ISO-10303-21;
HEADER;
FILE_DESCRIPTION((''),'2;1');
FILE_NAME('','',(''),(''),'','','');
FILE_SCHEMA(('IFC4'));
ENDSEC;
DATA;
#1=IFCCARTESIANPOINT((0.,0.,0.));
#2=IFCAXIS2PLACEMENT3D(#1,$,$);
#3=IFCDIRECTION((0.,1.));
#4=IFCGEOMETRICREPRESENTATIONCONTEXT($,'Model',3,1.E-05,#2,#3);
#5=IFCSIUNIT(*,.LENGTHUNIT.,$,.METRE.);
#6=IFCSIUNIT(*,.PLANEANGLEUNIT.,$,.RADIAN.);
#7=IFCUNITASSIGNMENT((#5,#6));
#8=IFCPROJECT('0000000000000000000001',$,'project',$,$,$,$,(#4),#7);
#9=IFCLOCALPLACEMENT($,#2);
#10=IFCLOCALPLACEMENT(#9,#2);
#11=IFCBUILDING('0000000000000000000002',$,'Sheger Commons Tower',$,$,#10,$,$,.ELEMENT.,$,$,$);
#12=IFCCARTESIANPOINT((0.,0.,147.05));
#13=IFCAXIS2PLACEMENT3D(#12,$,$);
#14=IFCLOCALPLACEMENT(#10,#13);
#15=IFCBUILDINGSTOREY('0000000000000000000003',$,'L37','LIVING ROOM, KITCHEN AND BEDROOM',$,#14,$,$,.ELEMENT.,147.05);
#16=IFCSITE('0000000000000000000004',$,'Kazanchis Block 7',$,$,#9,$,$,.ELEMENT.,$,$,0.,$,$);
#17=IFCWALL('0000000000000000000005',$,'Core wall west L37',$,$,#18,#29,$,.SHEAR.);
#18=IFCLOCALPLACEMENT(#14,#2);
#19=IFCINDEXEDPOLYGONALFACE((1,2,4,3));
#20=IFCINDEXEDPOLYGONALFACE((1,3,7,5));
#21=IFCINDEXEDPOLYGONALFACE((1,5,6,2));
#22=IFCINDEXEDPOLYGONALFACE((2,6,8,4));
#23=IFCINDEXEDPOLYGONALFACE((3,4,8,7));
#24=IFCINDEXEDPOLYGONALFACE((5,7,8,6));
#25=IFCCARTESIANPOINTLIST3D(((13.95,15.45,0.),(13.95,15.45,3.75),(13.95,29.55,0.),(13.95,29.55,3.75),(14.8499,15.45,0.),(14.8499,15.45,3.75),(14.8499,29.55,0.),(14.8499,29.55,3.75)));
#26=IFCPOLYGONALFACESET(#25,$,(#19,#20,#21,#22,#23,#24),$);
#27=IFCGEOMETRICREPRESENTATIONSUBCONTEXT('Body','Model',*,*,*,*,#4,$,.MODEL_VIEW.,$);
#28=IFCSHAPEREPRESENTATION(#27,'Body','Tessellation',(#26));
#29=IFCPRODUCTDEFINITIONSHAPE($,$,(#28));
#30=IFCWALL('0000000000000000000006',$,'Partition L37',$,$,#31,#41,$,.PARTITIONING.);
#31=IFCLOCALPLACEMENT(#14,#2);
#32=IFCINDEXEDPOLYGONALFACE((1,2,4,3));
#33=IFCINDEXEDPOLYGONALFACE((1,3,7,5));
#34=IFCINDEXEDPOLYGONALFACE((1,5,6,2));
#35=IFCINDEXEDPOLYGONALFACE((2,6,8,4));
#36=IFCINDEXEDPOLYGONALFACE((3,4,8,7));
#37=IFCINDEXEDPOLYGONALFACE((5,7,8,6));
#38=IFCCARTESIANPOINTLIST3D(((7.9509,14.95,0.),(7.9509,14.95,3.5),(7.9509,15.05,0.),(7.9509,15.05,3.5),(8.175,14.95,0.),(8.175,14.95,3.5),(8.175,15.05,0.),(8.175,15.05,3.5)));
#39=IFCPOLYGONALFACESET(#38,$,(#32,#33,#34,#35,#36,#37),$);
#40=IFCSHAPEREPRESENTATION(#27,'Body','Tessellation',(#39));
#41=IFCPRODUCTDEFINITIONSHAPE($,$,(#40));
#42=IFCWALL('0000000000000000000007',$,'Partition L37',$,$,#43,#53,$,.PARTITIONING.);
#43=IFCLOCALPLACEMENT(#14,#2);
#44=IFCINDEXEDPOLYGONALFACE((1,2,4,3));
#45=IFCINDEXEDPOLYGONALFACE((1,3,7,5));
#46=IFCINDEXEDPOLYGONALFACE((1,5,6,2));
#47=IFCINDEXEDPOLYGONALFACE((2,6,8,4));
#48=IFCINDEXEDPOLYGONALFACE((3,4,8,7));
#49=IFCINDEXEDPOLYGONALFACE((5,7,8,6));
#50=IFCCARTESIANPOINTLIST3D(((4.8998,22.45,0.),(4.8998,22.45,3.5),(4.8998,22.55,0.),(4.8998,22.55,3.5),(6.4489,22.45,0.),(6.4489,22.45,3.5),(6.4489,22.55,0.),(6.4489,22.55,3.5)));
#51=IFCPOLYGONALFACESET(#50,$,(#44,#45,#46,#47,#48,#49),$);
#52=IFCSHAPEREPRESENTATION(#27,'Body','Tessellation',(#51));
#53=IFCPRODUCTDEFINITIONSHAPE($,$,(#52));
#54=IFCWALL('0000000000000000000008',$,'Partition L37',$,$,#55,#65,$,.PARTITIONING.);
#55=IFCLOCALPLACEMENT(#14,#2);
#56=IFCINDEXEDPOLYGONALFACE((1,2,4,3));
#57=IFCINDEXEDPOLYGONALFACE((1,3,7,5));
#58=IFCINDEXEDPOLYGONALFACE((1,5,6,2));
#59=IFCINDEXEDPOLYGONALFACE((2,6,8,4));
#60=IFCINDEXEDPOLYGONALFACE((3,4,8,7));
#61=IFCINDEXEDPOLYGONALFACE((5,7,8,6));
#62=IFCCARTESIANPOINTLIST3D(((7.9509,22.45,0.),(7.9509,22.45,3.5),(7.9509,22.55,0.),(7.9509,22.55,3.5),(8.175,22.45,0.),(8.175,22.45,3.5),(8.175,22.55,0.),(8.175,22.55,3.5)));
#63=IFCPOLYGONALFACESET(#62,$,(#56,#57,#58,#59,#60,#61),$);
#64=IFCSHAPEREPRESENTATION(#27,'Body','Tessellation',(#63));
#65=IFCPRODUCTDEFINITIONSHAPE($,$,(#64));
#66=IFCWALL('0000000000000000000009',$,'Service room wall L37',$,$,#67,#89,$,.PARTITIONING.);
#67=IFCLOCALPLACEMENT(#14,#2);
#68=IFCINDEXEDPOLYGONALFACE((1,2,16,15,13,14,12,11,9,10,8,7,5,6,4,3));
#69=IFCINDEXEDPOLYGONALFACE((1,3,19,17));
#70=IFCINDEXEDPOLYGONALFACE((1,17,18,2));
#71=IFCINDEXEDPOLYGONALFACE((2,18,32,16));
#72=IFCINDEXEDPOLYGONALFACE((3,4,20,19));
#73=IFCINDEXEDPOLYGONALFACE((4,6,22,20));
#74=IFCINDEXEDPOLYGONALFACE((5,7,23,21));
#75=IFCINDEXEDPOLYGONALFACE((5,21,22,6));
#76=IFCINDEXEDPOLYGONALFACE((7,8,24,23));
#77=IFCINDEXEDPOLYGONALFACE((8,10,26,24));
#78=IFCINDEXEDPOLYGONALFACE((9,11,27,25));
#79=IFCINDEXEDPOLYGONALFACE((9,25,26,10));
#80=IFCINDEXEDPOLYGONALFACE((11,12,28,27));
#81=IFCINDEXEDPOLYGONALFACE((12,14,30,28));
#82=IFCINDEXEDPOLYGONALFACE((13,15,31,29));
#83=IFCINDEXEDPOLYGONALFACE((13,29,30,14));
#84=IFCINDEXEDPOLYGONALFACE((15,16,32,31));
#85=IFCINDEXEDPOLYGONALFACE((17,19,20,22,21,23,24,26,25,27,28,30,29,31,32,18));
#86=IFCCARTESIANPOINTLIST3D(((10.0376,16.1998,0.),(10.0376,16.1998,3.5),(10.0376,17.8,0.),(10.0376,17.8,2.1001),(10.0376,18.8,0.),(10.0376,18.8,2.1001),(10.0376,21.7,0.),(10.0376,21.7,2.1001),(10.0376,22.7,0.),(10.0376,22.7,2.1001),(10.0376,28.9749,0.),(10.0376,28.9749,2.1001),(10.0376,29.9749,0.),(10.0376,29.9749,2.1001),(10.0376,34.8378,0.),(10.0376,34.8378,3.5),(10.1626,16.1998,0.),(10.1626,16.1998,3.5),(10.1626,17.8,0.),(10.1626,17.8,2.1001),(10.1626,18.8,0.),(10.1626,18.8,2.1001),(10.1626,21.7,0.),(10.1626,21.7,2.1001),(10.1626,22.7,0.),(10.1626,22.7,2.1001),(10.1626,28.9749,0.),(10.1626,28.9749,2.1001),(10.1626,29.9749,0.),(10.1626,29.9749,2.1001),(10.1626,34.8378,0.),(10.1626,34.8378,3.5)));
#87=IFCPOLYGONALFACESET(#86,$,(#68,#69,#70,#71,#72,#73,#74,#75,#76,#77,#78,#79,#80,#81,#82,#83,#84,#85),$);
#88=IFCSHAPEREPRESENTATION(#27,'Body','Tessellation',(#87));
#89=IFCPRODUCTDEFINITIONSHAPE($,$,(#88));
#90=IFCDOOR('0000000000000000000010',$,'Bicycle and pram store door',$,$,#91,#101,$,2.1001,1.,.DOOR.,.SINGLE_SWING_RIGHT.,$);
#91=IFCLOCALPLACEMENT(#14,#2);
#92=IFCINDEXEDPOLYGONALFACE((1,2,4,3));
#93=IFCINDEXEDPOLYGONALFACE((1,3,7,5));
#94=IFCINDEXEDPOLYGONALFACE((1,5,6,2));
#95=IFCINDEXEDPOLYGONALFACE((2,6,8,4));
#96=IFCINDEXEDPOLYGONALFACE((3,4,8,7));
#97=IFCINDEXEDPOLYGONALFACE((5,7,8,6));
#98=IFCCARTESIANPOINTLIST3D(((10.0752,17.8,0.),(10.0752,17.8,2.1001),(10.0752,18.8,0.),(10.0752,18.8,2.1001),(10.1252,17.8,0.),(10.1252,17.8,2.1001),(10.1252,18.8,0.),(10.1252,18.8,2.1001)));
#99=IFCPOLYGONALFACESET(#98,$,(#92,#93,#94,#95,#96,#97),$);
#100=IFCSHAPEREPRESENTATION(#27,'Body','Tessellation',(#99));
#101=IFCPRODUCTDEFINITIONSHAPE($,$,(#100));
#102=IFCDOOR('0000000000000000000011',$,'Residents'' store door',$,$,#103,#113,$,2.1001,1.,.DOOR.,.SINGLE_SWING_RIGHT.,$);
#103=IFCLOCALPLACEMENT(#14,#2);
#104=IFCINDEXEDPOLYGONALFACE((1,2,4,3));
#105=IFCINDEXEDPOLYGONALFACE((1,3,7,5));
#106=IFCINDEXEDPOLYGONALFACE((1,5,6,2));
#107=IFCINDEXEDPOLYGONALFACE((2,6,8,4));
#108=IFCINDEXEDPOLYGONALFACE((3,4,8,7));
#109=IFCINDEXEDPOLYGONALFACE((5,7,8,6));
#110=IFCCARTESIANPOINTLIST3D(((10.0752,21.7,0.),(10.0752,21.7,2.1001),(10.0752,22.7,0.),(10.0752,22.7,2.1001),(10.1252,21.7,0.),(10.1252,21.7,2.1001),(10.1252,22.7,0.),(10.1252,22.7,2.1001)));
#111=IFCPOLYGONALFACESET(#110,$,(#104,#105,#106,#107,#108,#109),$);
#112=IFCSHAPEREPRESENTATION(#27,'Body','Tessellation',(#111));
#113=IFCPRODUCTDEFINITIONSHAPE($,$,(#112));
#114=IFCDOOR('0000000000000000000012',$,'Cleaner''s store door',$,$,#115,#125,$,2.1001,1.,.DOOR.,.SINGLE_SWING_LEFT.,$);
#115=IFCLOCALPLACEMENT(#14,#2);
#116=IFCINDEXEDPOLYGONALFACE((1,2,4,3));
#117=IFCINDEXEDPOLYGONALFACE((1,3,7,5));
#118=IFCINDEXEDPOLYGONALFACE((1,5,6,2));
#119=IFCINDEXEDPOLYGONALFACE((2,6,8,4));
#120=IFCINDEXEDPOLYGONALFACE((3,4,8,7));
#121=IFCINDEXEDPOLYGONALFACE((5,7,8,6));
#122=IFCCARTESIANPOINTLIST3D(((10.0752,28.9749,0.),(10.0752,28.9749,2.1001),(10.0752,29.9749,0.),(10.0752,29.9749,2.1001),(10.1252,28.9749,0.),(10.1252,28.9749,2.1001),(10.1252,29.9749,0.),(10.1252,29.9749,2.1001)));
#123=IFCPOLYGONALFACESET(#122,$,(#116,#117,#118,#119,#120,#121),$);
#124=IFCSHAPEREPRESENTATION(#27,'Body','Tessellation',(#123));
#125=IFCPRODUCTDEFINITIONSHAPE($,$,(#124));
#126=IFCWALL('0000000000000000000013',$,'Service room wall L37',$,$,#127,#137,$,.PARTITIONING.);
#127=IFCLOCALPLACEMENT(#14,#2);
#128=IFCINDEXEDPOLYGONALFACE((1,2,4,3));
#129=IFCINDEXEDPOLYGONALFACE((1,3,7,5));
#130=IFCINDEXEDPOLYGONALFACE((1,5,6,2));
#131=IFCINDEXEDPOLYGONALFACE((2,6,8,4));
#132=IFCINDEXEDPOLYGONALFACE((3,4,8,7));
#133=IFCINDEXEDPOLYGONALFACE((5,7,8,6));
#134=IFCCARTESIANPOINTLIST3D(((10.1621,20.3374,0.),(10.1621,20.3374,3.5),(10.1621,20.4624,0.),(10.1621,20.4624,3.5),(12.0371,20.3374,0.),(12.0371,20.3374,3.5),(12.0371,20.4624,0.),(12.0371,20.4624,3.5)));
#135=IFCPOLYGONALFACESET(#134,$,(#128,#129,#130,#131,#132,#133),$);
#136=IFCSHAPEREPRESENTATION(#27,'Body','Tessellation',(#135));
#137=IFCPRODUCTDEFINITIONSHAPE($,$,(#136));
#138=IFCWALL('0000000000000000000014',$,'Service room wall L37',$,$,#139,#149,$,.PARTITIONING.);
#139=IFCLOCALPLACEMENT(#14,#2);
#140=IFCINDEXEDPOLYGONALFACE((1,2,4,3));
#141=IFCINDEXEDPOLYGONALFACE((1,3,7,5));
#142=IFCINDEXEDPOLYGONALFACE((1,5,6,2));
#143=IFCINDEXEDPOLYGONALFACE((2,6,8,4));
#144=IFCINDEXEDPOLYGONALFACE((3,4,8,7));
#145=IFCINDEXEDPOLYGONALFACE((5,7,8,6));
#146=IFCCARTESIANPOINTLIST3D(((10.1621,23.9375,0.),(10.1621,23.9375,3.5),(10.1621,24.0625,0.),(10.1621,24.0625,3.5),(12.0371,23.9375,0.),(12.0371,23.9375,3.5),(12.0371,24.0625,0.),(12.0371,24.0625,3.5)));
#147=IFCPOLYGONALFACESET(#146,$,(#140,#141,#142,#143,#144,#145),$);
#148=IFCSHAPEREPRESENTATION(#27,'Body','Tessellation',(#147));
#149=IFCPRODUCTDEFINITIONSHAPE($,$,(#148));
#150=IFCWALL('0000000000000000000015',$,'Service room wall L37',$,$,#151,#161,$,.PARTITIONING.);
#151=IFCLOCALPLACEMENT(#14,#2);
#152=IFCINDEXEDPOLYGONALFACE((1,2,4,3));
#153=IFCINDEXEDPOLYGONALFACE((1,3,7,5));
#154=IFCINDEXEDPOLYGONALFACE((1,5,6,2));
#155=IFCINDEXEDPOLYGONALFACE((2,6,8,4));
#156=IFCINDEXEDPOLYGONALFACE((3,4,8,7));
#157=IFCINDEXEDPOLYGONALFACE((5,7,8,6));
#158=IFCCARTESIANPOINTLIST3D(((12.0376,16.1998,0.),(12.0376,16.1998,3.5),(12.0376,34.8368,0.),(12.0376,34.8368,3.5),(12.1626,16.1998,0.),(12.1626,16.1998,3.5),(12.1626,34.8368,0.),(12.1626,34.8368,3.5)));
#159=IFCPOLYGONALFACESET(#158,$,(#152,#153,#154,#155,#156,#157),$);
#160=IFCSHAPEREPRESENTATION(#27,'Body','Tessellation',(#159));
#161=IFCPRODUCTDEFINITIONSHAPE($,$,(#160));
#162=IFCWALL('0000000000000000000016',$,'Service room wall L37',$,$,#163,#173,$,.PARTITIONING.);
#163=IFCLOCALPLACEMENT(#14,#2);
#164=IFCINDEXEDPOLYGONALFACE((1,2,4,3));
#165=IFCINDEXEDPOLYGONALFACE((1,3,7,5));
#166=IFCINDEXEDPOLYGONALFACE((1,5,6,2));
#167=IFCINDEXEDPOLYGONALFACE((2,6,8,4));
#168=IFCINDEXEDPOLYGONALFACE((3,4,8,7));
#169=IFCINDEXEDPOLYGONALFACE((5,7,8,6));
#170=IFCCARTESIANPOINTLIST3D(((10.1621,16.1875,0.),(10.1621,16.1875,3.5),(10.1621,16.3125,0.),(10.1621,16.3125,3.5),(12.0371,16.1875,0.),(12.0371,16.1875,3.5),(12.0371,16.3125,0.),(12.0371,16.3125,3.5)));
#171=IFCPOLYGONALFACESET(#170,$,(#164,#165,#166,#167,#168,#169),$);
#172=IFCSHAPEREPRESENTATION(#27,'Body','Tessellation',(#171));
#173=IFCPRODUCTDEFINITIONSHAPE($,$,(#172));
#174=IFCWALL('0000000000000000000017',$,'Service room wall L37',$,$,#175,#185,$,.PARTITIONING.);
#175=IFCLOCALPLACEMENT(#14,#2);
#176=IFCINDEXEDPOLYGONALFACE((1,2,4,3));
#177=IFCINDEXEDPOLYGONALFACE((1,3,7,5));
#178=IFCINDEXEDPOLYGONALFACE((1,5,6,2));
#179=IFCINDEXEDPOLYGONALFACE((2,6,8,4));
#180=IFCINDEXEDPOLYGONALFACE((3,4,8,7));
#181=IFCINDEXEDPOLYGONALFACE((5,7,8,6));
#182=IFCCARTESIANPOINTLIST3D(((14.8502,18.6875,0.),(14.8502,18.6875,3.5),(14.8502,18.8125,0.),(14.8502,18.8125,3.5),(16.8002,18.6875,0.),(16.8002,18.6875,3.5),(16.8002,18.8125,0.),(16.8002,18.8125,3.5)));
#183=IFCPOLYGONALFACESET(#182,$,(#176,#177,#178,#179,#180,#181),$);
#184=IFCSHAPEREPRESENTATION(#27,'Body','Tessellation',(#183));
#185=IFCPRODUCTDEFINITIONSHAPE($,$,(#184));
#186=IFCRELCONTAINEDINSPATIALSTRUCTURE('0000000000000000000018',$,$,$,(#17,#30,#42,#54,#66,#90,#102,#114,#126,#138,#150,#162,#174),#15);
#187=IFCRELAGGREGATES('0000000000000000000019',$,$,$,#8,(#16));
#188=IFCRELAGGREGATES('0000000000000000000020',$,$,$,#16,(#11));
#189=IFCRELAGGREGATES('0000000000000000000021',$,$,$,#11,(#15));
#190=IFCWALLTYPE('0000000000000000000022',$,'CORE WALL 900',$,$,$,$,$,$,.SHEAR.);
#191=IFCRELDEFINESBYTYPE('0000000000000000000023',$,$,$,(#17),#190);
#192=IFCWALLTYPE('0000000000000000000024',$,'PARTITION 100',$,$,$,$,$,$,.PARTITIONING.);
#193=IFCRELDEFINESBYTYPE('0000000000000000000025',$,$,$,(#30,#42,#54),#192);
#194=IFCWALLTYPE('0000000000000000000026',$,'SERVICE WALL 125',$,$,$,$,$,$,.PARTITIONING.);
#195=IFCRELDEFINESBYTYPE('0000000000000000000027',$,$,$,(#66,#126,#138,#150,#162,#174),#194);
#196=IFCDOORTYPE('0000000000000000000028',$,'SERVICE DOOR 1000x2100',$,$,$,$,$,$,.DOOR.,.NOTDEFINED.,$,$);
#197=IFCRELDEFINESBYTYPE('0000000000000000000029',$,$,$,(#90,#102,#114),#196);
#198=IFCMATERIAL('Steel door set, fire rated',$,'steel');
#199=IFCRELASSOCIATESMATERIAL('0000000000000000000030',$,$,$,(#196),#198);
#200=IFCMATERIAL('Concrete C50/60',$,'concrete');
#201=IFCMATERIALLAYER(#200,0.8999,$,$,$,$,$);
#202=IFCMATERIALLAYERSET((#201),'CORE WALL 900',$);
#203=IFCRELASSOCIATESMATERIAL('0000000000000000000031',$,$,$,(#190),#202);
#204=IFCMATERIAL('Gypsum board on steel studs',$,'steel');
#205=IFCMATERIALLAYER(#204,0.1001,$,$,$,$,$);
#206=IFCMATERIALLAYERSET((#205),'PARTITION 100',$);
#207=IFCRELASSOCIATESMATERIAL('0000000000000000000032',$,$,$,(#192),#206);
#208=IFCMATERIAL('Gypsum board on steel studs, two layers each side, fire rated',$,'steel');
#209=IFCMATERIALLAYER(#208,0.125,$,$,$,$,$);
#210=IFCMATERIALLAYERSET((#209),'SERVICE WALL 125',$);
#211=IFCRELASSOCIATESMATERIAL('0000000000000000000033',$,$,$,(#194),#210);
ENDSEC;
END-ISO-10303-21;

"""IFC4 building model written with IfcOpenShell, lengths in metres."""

from ifc_helpers import new_model, si_unit, direction, frame, frame_2d, origin, place, context, subcontext, project, spatial, rectangle, extrude, material, layer, layer_set, type_object, element, fill, save


model = new_model("IFC4")

# Units and contexts
model_context = context("Model", 3, precision=1e-05, world=origin(), true_north=direction((0.0, 1.0)))
body_context = subcontext(model_context, "Body", "Model", "MODEL_VIEW")
ifc_project = project(units=[si_unit("LENGTHUNIT", "METRE"), si_unit("PLANEANGLEUNIT", "RADIAN")], contexts=[model_context])

# Site, building, storey
site_placement = place(None, origin())
site = spatial("IfcSite", under=ifc_project, at=site_placement, Name="Kazanchis Block 7", CompositionType="ELEMENT", RefElevation=0.0)
building_placement = place(site_placement, origin())
building = spatial("IfcBuilding", under=site, at=building_placement, Name="Sheger Commons Tower", CompositionType="ELEMENT")
storey_placement = place(building_placement, frame((0.0, 0.0, 147.05)))
storey = spatial("IfcBuildingStorey", under=building, at=storey_placement, Name="L37", Description="LIVING ROOM, KITCHEN AND BEDROOM", CompositionType="ELEMENT", Elevation=147.05)

# Shared definitions
ifc_material_1 = material(Name="Steel door set, fire rated", Category="steel")
door_type_1 = type_object("IfcDoorType", Name="SERVICE DOOR 1000x2100", OperationType="NOTDEFINED", PredefinedType="DOOR", material=ifc_material_1)
ifc_material_2 = material(Name="Concrete C50/60", Category="concrete")
ifc_layer_1 = layer(ifc_material_2, 0.8999)
ifc_layer_set_1 = layer_set([ifc_layer_1], Name="CORE WALL 900")
wall_type_1 = type_object("IfcWallType", Name="CORE WALL 900", PredefinedType="SHEAR", material=ifc_layer_set_1)

# Walls
wall_1_placement = place(storey_placement, frame((14.3999, 15.45, 0.0), z_axis=(0.0, 0.0, 1.0), x_axis=(0.0, 1.0, 0.0)))
element("IfcWall", 1, at=wall_1_placement, inside=storey, type_object=wall_type_1, Name="Core wall west L37", PredefinedType="SHEAR", context=body_context, shape_type="SweptSolid", body=[
    extrude(rectangle(XDim=14.1001, YDim=0.8999, at=frame_2d((7.05, 0.0))), origin(), (0.0, 0.0, 1.0), 3.75),
])
ifc_material_3 = material(Name="Gypsum board on steel studs", Category="steel")
ifc_layer_2 = layer(ifc_material_3, 0.1001)
ifc_layer_set_2 = layer_set([ifc_layer_2], Name="PARTITION 100")
wall_type_2 = type_object("IfcWallType", Name="PARTITION 100", PredefinedType="PARTITIONING", material=ifc_layer_set_2)
wall_2_placement = place(storey_placement, frame((7.9509, 15.0, 0.0), z_axis=(0.0, 0.0, 1.0), x_axis=(1.0, 0.0, 0.0)))
element("IfcWall", 2, at=wall_2_placement, inside=storey, type_object=wall_type_2, Name="Partition L37", PredefinedType="PARTITIONING", context=body_context, shape_type="SweptSolid", body=[
    extrude(rectangle(XDim=0.2241, YDim=0.1001, at=frame_2d((0.1121, 0.0))), origin(), (0.0, 0.0, 1.0), 3.5),
])
wall_3_placement = place(storey_placement, frame((4.8999, 22.5, 0.0), z_axis=(0.0, 0.0, 1.0), x_axis=(1.0, 0.0, 0.0)))
element("IfcWall", 3, at=wall_3_placement, inside=storey, type_object=wall_type_2, Name="Partition L37", PredefinedType="PARTITIONING", context=body_context, shape_type="SweptSolid", body=[
    extrude(rectangle(XDim=1.5491, YDim=0.1001, at=frame_2d((0.7744, 0.0))), origin(), (0.0, 0.0, 1.0), 3.5),
])
wall_4_placement = place(storey_placement, frame((7.9509, 22.5, 0.0), z_axis=(0.0, 0.0, 1.0), x_axis=(1.0, 0.0, 0.0)))
element("IfcWall", 4, at=wall_4_placement, inside=storey, type_object=wall_type_2, Name="Partition L37", PredefinedType="PARTITIONING", context=body_context, shape_type="SweptSolid", body=[
    extrude(rectangle(XDim=0.2241, YDim=0.1001, at=frame_2d((0.1121, 0.0))), origin(), (0.0, 0.0, 1.0), 3.5),
])

# Wall, openings, doors
ifc_material_4 = material(Name="Gypsum board on steel studs, two layers each side, fire rated", Category="steel")
ifc_layer_3 = layer(ifc_material_4, 0.125)
ifc_layer_set_3 = layer_set([ifc_layer_3], Name="SERVICE WALL 125")
wall_type_3 = type_object("IfcWallType", Name="SERVICE WALL 125", PredefinedType="PARTITIONING", material=ifc_layer_set_3)
wall_5_placement = place(storey_placement, frame((10.1001, 16.2, 0.0), z_axis=(0.0, 0.0, 1.0), x_axis=(0.0, 1.0, 0.0)))
wall_5 = element("IfcWall", 5, at=wall_5_placement, inside=storey, type_object=wall_type_3, Name="Service room wall L37", PredefinedType="PARTITIONING", context=body_context, shape_type="SweptSolid", body=[
    extrude(rectangle(XDim=18.6379, YDim=0.125, at=frame_2d((9.3188, 0.0))), origin(), (0.0, 0.0, 1.0), 3.5),
])
opening_1_placement = place(wall_5_placement, frame((1.6001, 0.0, 0.0)))
opening_1 = element("IfcOpeningElement", 6, at=opening_1_placement, cuts=wall_5, PredefinedType="OPENING", context=body_context, shape_type="SweptSolid", body=[
    extrude(rectangle(XDim=1.0, YDim=2.1001, at=frame_2d((0.5, 1.05))), frame((0.0, 0.0725, 0.0), z_axis=(0.0, -1.0, 0.0), x_axis=(1.0, 0.0, 0.0)), (0.0, 0.0, 1.0), 0.145),
])
opening_2_placement = place(wall_5_placement, frame((5.5, 0.0, 0.0)))
opening_2 = element("IfcOpeningElement", 7, at=opening_2_placement, cuts=wall_5, PredefinedType="OPENING", context=body_context, shape_type="SweptSolid", body=[
    extrude(rectangle(XDim=1.0, YDim=2.1001, at=frame_2d((0.5, 1.05))), frame((0.0, 0.0725, 0.0), z_axis=(0.0, -1.0, 0.0), x_axis=(1.0, 0.0, 0.0)), (0.0, 0.0, 1.0), 0.145),
])
opening_3_placement = place(wall_5_placement, frame((12.7749, 0.0, 0.0)))
opening_3 = element("IfcOpeningElement", 8, at=opening_3_placement, cuts=wall_5, PredefinedType="OPENING", context=body_context, shape_type="SweptSolid", body=[
    extrude(rectangle(XDim=1.0, YDim=2.1001, at=frame_2d((0.5, 1.05))), frame((0.0, 0.0725, 0.0), z_axis=(0.0, -1.0, 0.0), x_axis=(1.0, 0.0, 0.0)), (0.0, 0.0, 1.0), 0.145),
])
door_1_placement = place(opening_1_placement, origin())
door_1 = element("IfcDoor", 9, at=door_1_placement, inside=storey, type_object=door_type_1, Name="Bicycle and pram store door", OperationType="SINGLE_SWING_RIGHT", OverallHeight=2.1001, OverallWidth=1.0, PredefinedType="DOOR", context=body_context, shape_type="SweptSolid", body=[
    extrude(rectangle(XDim=1.0, YDim=2.1001, at=frame_2d((0.5, 1.05))), frame((0.0, 0.0249, 0.0), z_axis=(0.0, -1.0, 0.0), x_axis=(1.0, 0.0, 0.0)), (0.0, 0.0, 1.0), 0.05),
])
fill(opening_1, door_1)
door_2_placement = place(opening_2_placement, origin())
door_2 = element("IfcDoor", 10, at=door_2_placement, inside=storey, type_object=door_type_1, Name="Residents' store door", OperationType="SINGLE_SWING_RIGHT", OverallHeight=2.1001, OverallWidth=1.0, PredefinedType="DOOR", context=body_context, shape_type="SweptSolid", body=[
    extrude(rectangle(XDim=1.0, YDim=2.1001, at=frame_2d((0.5, 1.05))), frame((0.0, 0.0249, 0.0), z_axis=(0.0, -1.0, 0.0), x_axis=(1.0, 0.0, 0.0)), (0.0, 0.0, 1.0), 0.05),
])
fill(opening_2, door_2)
door_3_placement = place(opening_3_placement, origin())
door_3 = element("IfcDoor", 11, at=door_3_placement, inside=storey, type_object=door_type_1, Name="Cleaner's store door", OperationType="SINGLE_SWING_LEFT", OverallHeight=2.1001, OverallWidth=1.0, PredefinedType="DOOR", context=body_context, shape_type="SweptSolid", body=[
    extrude(rectangle(XDim=1.0, YDim=2.1001, at=frame_2d((0.5, 1.05))), frame((0.0, 0.0249, 0.0), z_axis=(0.0, -1.0, 0.0), x_axis=(1.0, 0.0, 0.0)), (0.0, 0.0, 1.0), 0.05),
])
fill(opening_3, door_3)

# Walls
for number, where, z_axis, x_axis, name in (
    (12, (10.1621, 20.3999, 0.0), (0.0, 0.0, 1.0), (1.0, 0.0, 0.0), "Service room wall L37"),
    (13, (10.1621, 24.0, 0.0), (0.0, 0.0, 1.0), (1.0, 0.0, 0.0), "Service room wall L37"),
):
    element("IfcWall", number, at=place(storey_placement, frame(where, z_axis=z_axis, x_axis=x_axis)), inside=storey, type_object=wall_type_3, Name=name, PredefinedType="PARTITIONING", context=body_context, shape_type="SweptSolid", body=[
        extrude(rectangle(XDim=1.875, YDim=0.125, at=frame_2d((0.9375, 0.0))), origin(), (0.0, 0.0, 1.0), 3.5),
    ])
wall_6_placement = place(storey_placement, frame((12.1001, 16.2, 0.0), z_axis=(0.0, 0.0, 1.0), x_axis=(0.0, 1.0, 0.0)))
element("IfcWall", 14, at=wall_6_placement, inside=storey, type_object=wall_type_3, Name="Service room wall L37", PredefinedType="PARTITIONING", context=body_context, shape_type="SweptSolid", body=[
    extrude(rectangle(XDim=18.637, YDim=0.125, at=frame_2d((9.3184, 0.0))), origin(), (0.0, 0.0, 1.0), 3.5),
])
wall_7_placement = place(storey_placement, frame((10.1621, 16.25, 0.0), z_axis=(0.0, 0.0, 1.0), x_axis=(1.0, 0.0, 0.0)))
element("IfcWall", 15, at=wall_7_placement, inside=storey, type_object=wall_type_3, Name="Service room wall L37", PredefinedType="PARTITIONING", context=body_context, shape_type="SweptSolid", body=[
    extrude(rectangle(XDim=1.875, YDim=0.125, at=frame_2d((0.9375, 0.0))), origin(), (0.0, 0.0, 1.0), 3.5),
])
wall_8_placement = place(storey_placement, frame((14.8501, 18.75, 0.0), z_axis=(0.0, 0.0, 1.0), x_axis=(1.0, 0.0, 0.0)))
element("IfcWall", 16, at=wall_8_placement, inside=storey, type_object=wall_type_3, Name="Service room wall L37", PredefinedType="PARTITIONING", context=body_context, shape_type="SweptSolid", body=[
    extrude(rectangle(XDim=1.95, YDim=0.125, at=frame_2d((0.9751, 0.0))), origin(), (0.0, 0.0, 1.0), 3.5),
])

save(model, "model.ifc")
